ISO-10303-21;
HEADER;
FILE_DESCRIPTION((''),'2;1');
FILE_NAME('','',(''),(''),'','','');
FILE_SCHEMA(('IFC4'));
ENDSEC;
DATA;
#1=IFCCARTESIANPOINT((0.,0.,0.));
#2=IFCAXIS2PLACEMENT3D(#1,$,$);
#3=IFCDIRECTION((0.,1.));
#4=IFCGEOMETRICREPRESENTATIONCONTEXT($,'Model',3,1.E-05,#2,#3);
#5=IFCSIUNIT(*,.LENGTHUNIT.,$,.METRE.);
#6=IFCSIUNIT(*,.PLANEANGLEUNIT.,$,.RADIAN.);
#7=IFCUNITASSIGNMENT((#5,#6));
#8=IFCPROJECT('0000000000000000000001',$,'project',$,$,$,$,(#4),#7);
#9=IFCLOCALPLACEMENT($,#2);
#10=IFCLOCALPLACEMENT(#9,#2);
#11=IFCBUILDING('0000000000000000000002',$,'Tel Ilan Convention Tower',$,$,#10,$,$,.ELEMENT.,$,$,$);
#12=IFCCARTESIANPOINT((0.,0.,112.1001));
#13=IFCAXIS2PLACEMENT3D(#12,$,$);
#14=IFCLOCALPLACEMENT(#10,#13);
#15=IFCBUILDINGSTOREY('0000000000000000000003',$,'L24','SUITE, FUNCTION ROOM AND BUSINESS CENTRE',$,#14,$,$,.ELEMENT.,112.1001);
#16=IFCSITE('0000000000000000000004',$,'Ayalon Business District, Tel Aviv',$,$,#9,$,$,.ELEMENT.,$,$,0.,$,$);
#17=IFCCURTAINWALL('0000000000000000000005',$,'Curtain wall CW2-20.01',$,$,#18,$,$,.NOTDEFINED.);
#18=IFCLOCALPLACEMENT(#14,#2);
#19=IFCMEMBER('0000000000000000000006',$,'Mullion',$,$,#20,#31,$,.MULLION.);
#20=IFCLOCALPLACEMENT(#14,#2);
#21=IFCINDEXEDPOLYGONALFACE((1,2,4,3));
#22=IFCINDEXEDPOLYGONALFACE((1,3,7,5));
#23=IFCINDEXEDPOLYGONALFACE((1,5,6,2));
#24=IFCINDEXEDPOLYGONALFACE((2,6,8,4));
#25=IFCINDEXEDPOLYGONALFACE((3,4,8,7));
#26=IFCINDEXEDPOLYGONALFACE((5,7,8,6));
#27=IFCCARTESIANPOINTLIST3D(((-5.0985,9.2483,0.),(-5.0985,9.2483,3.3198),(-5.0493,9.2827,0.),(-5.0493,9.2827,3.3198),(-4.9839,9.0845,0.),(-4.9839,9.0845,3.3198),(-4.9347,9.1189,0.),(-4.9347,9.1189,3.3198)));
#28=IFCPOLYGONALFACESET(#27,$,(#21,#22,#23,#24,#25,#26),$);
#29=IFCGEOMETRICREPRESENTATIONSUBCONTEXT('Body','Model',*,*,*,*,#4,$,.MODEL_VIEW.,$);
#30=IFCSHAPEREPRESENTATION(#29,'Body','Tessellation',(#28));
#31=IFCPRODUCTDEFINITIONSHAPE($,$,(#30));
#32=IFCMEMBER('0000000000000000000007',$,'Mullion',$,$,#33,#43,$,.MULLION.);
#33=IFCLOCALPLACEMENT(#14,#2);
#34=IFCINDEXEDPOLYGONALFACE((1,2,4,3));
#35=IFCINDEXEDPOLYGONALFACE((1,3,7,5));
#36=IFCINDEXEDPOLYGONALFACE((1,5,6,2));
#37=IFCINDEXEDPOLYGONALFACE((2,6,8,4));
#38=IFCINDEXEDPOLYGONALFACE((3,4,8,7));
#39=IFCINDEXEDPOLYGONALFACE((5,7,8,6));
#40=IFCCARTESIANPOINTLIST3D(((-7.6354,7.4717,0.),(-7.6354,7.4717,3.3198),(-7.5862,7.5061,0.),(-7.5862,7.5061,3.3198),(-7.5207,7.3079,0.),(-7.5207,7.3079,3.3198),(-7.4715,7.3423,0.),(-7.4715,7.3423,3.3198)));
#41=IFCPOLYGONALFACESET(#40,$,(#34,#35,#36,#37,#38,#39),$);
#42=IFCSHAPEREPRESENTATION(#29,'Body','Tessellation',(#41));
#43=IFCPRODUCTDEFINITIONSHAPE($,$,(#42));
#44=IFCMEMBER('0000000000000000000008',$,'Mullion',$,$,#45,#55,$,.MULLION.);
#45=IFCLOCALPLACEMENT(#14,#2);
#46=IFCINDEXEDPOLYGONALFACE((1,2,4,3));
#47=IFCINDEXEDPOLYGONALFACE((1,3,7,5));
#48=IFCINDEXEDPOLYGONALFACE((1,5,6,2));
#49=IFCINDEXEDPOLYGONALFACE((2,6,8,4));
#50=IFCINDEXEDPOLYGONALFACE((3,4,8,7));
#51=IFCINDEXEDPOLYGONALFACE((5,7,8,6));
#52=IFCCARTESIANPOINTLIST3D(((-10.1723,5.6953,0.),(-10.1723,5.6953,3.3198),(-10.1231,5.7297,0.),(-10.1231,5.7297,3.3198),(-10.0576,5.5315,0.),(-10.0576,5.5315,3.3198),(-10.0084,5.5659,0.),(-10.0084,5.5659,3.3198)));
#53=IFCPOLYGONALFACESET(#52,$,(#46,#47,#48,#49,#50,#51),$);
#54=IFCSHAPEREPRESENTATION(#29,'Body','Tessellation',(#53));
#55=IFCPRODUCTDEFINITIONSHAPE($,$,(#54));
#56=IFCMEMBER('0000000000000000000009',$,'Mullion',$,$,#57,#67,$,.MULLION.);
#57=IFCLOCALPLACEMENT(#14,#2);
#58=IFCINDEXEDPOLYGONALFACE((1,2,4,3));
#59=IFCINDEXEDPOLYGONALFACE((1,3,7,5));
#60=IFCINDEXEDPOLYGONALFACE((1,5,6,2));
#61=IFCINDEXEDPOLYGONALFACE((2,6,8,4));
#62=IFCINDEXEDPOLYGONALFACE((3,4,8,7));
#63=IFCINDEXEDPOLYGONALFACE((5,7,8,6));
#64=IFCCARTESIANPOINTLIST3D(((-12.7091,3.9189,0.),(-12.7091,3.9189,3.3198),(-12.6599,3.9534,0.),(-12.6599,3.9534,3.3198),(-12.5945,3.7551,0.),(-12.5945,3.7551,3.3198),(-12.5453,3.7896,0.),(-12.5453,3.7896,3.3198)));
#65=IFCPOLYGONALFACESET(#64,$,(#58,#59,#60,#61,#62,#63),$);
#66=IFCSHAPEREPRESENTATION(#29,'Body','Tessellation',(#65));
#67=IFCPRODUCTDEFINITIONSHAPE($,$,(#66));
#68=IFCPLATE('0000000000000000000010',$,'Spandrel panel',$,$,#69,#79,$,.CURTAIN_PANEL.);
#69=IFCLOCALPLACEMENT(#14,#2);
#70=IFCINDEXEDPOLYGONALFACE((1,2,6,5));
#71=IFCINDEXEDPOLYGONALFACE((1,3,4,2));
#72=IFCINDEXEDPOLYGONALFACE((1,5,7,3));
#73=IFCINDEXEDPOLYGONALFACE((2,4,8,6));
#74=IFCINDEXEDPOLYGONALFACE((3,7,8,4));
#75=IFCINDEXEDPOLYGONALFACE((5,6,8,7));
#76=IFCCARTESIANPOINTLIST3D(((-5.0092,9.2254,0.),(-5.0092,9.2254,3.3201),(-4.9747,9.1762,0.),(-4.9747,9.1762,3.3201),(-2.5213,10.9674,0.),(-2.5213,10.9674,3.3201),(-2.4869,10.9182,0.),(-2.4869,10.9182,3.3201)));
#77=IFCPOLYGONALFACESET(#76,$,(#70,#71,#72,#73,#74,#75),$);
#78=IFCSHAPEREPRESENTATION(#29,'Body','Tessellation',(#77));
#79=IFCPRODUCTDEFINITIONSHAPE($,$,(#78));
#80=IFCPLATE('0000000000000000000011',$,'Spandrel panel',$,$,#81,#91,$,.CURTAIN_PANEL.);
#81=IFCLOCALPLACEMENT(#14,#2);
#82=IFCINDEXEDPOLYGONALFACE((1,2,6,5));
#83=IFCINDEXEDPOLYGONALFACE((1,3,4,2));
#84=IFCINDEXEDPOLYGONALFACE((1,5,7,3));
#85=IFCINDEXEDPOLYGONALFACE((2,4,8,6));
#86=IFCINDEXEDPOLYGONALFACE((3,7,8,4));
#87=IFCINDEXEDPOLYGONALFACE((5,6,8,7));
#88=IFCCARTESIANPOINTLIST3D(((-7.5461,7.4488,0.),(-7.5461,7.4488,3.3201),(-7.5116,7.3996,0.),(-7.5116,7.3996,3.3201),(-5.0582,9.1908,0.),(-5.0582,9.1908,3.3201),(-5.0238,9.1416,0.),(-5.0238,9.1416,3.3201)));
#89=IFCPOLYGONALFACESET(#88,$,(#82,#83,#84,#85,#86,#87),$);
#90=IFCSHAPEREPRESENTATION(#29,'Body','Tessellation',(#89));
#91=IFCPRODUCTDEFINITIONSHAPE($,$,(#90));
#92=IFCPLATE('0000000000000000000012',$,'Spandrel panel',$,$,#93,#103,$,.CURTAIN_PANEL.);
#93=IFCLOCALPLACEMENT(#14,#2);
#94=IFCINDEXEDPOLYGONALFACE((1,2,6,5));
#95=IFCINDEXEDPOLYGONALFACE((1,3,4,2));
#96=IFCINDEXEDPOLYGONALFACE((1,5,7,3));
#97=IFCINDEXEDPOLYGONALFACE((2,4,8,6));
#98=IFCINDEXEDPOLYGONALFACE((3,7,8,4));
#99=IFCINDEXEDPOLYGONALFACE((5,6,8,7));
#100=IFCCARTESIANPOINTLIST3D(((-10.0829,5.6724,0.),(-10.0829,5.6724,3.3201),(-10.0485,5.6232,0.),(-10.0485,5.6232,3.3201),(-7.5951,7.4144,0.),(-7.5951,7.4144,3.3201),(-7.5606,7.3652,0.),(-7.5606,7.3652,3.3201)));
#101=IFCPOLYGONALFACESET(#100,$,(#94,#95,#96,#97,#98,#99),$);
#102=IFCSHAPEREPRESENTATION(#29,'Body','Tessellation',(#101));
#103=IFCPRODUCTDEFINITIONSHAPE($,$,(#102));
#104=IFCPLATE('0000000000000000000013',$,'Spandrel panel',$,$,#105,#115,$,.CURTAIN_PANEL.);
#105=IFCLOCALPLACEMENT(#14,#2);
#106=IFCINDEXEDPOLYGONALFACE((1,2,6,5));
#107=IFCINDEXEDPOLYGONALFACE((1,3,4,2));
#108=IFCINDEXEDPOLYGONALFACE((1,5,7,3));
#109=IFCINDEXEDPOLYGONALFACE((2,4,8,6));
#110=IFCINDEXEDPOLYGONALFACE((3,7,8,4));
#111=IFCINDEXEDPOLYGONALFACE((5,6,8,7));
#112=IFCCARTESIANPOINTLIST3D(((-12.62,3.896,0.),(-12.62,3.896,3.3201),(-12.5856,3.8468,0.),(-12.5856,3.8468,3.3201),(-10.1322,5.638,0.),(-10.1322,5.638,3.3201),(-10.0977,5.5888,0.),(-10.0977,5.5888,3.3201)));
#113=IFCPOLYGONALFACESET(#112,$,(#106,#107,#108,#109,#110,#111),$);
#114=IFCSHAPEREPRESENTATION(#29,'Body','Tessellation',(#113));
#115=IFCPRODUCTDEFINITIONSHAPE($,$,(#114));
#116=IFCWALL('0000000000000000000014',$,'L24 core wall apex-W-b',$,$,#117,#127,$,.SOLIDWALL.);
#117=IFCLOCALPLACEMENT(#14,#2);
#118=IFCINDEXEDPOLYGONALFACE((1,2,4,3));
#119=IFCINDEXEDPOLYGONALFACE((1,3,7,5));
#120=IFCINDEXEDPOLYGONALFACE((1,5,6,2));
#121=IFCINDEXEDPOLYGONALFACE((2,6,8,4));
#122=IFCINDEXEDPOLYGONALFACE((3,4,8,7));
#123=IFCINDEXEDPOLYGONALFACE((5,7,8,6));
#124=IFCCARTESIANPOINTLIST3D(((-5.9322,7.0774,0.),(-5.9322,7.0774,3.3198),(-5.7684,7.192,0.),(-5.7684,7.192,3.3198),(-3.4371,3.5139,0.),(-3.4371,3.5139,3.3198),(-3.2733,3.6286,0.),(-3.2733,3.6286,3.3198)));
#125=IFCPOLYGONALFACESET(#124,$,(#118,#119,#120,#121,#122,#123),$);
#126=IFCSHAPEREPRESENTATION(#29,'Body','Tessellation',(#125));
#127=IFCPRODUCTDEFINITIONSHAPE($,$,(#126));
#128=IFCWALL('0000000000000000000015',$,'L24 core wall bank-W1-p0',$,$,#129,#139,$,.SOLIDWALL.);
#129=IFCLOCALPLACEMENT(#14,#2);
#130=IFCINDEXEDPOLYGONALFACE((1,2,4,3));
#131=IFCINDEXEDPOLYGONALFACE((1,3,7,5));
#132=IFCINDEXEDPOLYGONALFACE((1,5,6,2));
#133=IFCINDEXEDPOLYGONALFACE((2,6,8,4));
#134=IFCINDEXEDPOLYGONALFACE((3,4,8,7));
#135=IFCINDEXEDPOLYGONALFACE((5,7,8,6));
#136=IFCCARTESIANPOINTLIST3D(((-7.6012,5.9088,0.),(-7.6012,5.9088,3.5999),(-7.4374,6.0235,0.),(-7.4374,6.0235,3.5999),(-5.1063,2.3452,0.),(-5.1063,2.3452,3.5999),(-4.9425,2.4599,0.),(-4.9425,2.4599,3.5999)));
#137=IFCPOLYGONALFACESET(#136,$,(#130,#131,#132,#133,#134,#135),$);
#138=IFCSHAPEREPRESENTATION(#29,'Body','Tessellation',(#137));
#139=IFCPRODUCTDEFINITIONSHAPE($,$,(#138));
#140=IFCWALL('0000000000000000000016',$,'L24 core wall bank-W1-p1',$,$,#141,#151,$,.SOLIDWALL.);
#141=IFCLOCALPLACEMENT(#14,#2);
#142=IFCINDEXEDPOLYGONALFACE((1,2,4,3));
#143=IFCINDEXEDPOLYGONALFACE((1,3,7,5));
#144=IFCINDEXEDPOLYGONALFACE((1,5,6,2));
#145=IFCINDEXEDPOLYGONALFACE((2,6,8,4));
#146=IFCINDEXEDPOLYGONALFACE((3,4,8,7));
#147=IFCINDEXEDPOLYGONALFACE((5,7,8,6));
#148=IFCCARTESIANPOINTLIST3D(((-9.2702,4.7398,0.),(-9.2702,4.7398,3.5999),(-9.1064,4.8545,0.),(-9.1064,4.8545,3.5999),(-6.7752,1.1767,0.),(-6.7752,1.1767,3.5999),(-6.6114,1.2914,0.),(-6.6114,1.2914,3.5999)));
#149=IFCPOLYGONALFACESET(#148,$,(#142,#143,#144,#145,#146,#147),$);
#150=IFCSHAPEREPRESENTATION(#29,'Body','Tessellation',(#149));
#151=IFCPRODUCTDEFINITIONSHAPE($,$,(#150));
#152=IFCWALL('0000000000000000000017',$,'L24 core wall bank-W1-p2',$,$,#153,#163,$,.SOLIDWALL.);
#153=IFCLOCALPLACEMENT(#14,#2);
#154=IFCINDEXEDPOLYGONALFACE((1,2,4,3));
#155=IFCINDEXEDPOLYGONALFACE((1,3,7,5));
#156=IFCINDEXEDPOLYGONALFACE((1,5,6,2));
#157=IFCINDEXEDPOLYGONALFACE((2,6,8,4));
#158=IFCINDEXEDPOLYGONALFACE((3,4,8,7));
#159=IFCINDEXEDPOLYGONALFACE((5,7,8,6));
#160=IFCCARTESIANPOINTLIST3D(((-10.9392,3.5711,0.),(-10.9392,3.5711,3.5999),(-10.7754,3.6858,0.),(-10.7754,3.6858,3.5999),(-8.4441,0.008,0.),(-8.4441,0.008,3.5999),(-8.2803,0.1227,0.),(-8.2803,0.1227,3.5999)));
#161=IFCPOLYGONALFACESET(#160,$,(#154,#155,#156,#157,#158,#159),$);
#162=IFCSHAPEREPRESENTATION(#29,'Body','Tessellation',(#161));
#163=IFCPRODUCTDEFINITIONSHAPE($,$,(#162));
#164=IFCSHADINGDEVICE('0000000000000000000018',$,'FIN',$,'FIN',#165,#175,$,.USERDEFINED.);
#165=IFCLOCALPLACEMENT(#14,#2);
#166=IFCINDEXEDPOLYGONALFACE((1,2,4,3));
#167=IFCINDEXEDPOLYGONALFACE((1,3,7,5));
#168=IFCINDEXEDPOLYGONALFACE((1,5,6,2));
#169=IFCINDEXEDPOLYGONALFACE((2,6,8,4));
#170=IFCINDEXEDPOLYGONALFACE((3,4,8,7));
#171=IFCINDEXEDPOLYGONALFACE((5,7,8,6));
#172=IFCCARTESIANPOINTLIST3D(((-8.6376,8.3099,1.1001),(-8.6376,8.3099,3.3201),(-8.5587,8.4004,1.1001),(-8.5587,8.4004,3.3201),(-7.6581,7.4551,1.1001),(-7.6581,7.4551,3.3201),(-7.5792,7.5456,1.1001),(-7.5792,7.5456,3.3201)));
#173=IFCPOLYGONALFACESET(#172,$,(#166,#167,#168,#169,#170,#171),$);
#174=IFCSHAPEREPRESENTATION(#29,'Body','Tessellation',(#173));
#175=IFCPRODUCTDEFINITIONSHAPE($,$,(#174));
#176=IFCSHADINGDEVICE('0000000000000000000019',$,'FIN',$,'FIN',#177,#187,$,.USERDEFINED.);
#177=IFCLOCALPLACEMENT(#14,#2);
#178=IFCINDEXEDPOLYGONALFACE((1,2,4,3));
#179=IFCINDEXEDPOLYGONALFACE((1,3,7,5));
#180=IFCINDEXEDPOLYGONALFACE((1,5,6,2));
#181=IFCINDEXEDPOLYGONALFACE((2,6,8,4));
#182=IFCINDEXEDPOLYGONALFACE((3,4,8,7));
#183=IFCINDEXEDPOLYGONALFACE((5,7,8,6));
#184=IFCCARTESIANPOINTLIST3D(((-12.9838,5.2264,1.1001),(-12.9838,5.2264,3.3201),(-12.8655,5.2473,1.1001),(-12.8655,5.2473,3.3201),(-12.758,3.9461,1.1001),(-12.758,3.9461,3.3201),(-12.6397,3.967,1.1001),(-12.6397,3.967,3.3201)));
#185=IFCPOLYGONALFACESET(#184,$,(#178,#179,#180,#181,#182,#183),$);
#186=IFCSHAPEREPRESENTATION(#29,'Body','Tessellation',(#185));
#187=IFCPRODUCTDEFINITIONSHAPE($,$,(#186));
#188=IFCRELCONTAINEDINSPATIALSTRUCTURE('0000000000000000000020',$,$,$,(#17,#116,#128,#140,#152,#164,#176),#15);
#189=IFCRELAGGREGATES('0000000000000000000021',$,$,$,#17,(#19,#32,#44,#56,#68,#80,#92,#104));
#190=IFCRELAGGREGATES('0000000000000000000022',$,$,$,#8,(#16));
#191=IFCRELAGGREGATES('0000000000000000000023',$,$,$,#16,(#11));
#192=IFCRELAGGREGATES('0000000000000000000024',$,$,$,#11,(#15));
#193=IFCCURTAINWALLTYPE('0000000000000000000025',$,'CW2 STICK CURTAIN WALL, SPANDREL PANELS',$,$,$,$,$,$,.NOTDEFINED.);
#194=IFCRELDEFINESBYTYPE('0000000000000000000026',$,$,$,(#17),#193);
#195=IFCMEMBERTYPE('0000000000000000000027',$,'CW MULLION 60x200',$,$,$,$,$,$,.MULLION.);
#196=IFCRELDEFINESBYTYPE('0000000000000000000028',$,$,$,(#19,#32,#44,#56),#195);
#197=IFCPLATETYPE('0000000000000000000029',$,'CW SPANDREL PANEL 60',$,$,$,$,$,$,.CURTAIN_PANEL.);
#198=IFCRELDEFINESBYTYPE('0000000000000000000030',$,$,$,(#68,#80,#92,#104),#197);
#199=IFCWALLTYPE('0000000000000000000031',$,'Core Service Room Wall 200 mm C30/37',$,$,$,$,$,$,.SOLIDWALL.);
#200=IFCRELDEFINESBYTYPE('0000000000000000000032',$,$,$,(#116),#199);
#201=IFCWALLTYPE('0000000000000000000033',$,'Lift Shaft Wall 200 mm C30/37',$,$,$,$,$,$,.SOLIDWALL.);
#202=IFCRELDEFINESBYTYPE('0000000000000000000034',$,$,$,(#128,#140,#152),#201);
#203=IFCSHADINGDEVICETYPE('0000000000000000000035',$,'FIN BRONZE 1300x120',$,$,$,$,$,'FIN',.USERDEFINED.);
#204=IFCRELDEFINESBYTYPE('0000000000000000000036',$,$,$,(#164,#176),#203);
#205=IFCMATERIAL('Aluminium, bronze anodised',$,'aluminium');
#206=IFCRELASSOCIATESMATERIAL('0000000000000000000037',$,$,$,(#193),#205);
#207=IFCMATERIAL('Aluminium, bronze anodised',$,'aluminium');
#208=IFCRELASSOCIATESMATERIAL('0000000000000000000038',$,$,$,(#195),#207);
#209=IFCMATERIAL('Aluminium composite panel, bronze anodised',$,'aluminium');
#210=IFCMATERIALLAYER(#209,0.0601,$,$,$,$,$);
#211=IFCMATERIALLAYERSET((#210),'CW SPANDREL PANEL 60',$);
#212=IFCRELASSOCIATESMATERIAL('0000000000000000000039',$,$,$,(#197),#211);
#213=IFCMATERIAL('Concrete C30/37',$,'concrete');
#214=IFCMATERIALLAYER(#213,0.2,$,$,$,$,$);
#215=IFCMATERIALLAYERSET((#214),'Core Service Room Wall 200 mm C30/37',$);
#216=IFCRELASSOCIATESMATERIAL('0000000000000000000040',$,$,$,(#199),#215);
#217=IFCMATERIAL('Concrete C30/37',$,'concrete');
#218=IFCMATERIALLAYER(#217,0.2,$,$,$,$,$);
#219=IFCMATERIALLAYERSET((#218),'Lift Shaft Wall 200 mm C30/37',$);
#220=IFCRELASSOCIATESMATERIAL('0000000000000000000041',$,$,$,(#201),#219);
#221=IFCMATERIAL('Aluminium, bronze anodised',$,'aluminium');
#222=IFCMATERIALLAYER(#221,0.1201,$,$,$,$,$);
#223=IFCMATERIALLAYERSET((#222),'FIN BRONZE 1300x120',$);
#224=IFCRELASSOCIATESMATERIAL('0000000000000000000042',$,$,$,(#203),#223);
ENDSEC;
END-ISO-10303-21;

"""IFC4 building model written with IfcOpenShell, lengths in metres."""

from ifc_helpers import new_model, si_unit, direction, frame, frame_2d, origin, origin_2d, place, context, subcontext, project, spatial, rectangle, extrude, material, layer, layer_set, material_profile, profile_set, type_object, element, aggregate, save


model = new_model("IFC4")

# Units and contexts
model_context = context("Model", 3, precision=1e-05, world=origin(), true_north=direction((0.0, 1.0)))
body_context = subcontext(model_context, "Body", "Model", "MODEL_VIEW")
ifc_project = project(units=[si_unit("LENGTHUNIT", "METRE"), si_unit("PLANEANGLEUNIT", "RADIAN")], contexts=[model_context])

# Site, building, storey
site_placement = place(None, origin())
site = spatial("IfcSite", under=ifc_project, at=site_placement, Name="Ayalon Business District, Tel Aviv", CompositionType="ELEMENT", RefElevation=0.0)
building_placement = place(site_placement, origin())
building = spatial("IfcBuilding", under=site, at=building_placement, Name="Tel Ilan Convention Tower", CompositionType="ELEMENT")
storey_placement = place(building_placement, frame((0.0, 0.0, 112.1001)))
storey = spatial("IfcBuildingStorey", under=building, at=storey_placement, Name="L24", Description="SUITE, FUNCTION ROOM AND BUSINESS CENTRE", CompositionType="ELEMENT", Elevation=112.1001)

# Curtain wall, members, plates
ifc_material_1 = material(Name="Aluminium, bronze anodised", Category="aluminium")
curtain_wall_type = type_object("IfcCurtainWallType", Name="CW2 STICK CURTAIN WALL, SPANDREL PANELS", PredefinedType="NOTDEFINED", material=ifc_material_1)
curtain_wall_placement = place(storey_placement, origin())
curtain_wall = element("IfcCurtainWall", 1, at=curtain_wall_placement, inside=storey, type_object=curtain_wall_type, Name="Curtain wall CW2-20.01", PredefinedType="NOTDEFINED")
ifc_material_2 = material(Name="Aluminium, bronze anodised", Category="aluminium")
ifc_material_profile = material_profile(ifc_material_2, rectangle(XDim=0.0601, YDim=0.2, at=origin_2d()), Name="CW MULLION 60x200")
ifc_profile_set = profile_set([ifc_material_profile], Name="Aluminium, bronze anodised")
member_type = type_object("IfcMemberType", Name="CW MULLION 60x200", PredefinedType="MULLION", material=ifc_profile_set)
member_1_placement = place(storey_placement, frame((-5.0166, 9.1836, 0.0), z_axis=(0.0, 0.0, 1.0), x_axis=(-0.819152, -0.573576, 0.0)))
member_1 = element("IfcMember", 2, at=member_1_placement, type_object=member_type, Name="Mullion", PredefinedType="MULLION", context=body_context, shape_type="SweptSolid", body=[
    extrude(rectangle(XDim=0.0601, YDim=0.2, at=origin_2d()), origin(), (0.0, 0.0, 1.0), 3.3198),
])
member_2_placement = place(storey_placement, frame((-7.5535, 7.407, 0.0), z_axis=(0.0, 0.0, 1.0), x_axis=(-0.819152, -0.573576, 0.0)))
member_2 = element("IfcMember", 3, at=member_2_placement, type_object=member_type, Name="Mullion", PredefinedType="MULLION", context=body_context, shape_type="SweptSolid", body=[
    extrude(rectangle(XDim=0.0601, YDim=0.2, at=origin_2d()), origin(), (0.0, 0.0, 1.0), 3.3198),
])
member_3_placement = place(storey_placement, frame((-10.0903, 5.6306, 0.0), z_axis=(0.0, 0.0, 1.0), x_axis=(-0.819152, -0.573576, 0.0)))
member_3 = element("IfcMember", 4, at=member_3_placement, type_object=member_type, Name="Mullion", PredefinedType="MULLION", context=body_context, shape_type="SweptSolid", body=[
    extrude(rectangle(XDim=0.0601, YDim=0.2, at=origin_2d()), origin(), (0.0, 0.0, 1.0), 3.3198),
])
member_4_placement = place(storey_placement, frame((-12.6272, 3.8542, 0.0), z_axis=(0.0, 0.0, 1.0), x_axis=(-0.819152, -0.573576, 0.0)))
member_4 = element("IfcMember", 5, at=member_4_placement, type_object=member_type, Name="Mullion", PredefinedType="MULLION", context=body_context, shape_type="SweptSolid", body=[
    extrude(rectangle(XDim=0.0601, YDim=0.2, at=origin_2d()), origin(), (0.0, 0.0, 1.0), 3.3198),
])
ifc_material_3 = material(Name="Aluminium composite panel, bronze anodised", Category="aluminium")
ifc_layer_1 = layer(ifc_material_3, 0.0601)
ifc_layer_set_1 = layer_set([ifc_layer_1], Name="CW SPANDREL PANEL 60")
plate_type = type_object("IfcPlateType", Name="CW SPANDREL PANEL 60", PredefinedType="CURTAIN_PANEL", material=ifc_layer_set_1)
plate_1_placement = place(storey_placement, frame((-3.748, 10.0718, 0.0), z_axis=(0.0, 0.0, 1.0), x_axis=(-0.819152, -0.573576, 0.0)))
plate_1 = element("IfcPlate", 6, at=plate_1_placement, type_object=plate_type, Name="Spandrel panel", PredefinedType="CURTAIN_PANEL", context=body_context, shape_type="SweptSolid", body=[
    extrude(rectangle(XDim=3.0371, YDim=0.0601, at=origin_2d()), origin(), (0.0, 0.0, 1.0), 3.3201),
])
plate_2_placement = place(storey_placement, frame((-6.2849, 8.2952, 0.0), z_axis=(0.0, 0.0, 1.0), x_axis=(-0.819152, -0.573576, 0.0)))
plate_2 = element("IfcPlate", 7, at=plate_2_placement, type_object=plate_type, Name="Spandrel panel", PredefinedType="CURTAIN_PANEL", context=body_context, shape_type="SweptSolid", body=[
    extrude(rectangle(XDim=3.0371, YDim=0.0601, at=origin_2d()), origin(), (0.0, 0.0, 1.0), 3.3201),
])
plate_3_placement = place(storey_placement, frame((-8.8218, 6.5188, 0.0), z_axis=(0.0, 0.0, 1.0), x_axis=(-0.819152, -0.573576, 0.0)))
plate_3 = element("IfcPlate", 8, at=plate_3_placement, type_object=plate_type, Name="Spandrel panel", PredefinedType="CURTAIN_PANEL", context=body_context, shape_type="SweptSolid", body=[
    extrude(rectangle(XDim=3.0371, YDim=0.0601, at=origin_2d()), origin(), (0.0, 0.0, 1.0), 3.3201),
])
plate_4_placement = place(storey_placement, frame((-11.3589, 4.7424, 0.0), z_axis=(0.0, 0.0, 1.0), x_axis=(-0.819152, -0.573576, 0.0)))
plate_4 = element("IfcPlate", 9, at=plate_4_placement, type_object=plate_type, Name="Spandrel panel", PredefinedType="CURTAIN_PANEL", context=body_context, shape_type="SweptSolid", body=[
    extrude(rectangle(XDim=3.0371, YDim=0.0601, at=origin_2d()), origin(), (0.0, 0.0, 1.0), 3.3201),
])
aggregate(curtain_wall, [member_1, member_2, member_3, member_4, plate_1, plate_2, plate_3, plate_4])

# Walls
ifc_material_4 = material(Name="Concrete C30/37", Category="concrete")
ifc_layer_2 = layer(ifc_material_4, 0.2)
ifc_layer_set_2 = layer_set([ifc_layer_2], Name="Core Service Room Wall 200 mm C30/37")
wall_type_1 = type_object("IfcWallType", Name="Core Service Room Wall 200 mm C30/37", PredefinedType="SOLIDWALL", material=ifc_layer_set_2)
wall_1_placement = place(storey_placement, frame((-3.3552, 3.5713, 0.0), z_axis=(0.0, 0.0, 1.0), x_axis=(-0.573568, 0.819158, 0.0)))
element("IfcWall", 10, at=wall_1_placement, inside=storey, type_object=wall_type_1, Name="L24 core wall apex-W-b", PredefinedType="SOLIDWALL", context=body_context, shape_type="SweptSolid", body=[
    extrude(rectangle(XDim=4.3501, YDim=0.2, at=frame_2d((2.175, 0.0))), origin(), (0.0, 0.0, 1.0), 3.3198),
])
ifc_material_5 = material(Name="Concrete C30/37", Category="concrete")
ifc_layer_3 = layer(ifc_material_5, 0.2)
ifc_layer_set_3 = layer_set([ifc_layer_3], Name="Lift Shaft Wall 200 mm C30/37")
wall_type_2 = type_object("IfcWallType", Name="Lift Shaft Wall 200 mm C30/37", PredefinedType="SOLIDWALL", material=ifc_layer_set_3)
wall_2_placement = place(storey_placement, frame((-5.0244, 2.4026, 0.0), z_axis=(0.0, 0.0, 1.0), x_axis=(-0.57353, 0.819184, 0.0)))
element("IfcWall", 11, at=wall_2_placement, inside=storey, type_object=wall_type_2, Name="L24 core wall bank-W1-p0", PredefinedType="SOLIDWALL", context=body_context, shape_type="SweptSolid", body=[
    extrude(rectangle(XDim=4.3501, YDim=0.2, at=frame_2d((2.175, 0.0))), origin(), (0.0, 0.0, 1.0), 3.5999),
])
for number, where, z_axis, x_axis, name in (
    (12, (-6.6934, 1.2341, 0.0), (0.0, 0.0, 1.0), (-0.573594, 0.81914, 0.0), "L24 core wall bank-W1-p1"),
    (13, (-8.3623, 0.0654, 0.0), (0.0, 0.0, 1.0), (-0.573594, 0.81914, 0.0), "L24 core wall bank-W1-p2"),
):
    element("IfcWall", number, at=place(storey_placement, frame(where, z_axis=z_axis, x_axis=x_axis)), inside=storey, type_object=wall_type_2, Name=name, PredefinedType="SOLIDWALL", context=body_context, shape_type="SweptSolid", body=[
        extrude(rectangle(XDim=4.3499, YDim=0.2, at=frame_2d((2.1748, 0.0))), origin(), (0.0, 0.0, 1.0), 3.5999),
    ])

# Shading devices
ifc_material_6 = material(Name="Aluminium, bronze anodised", Category="aluminium")
ifc_layer_4 = layer(ifc_material_6, 0.1201)
ifc_layer_set_4 = layer_set([ifc_layer_4], Name="FIN BRONZE 1300x120")
shading_device_type = type_object("IfcShadingDeviceType", Name="FIN BRONZE 1300x120", ElementType="FIN", PredefinedType="USERDEFINED", material=ifc_layer_set_4)
for number, where, z_axis, x_axis, name in (
    (14, (-8.1084, 7.9277, 1.1001), (0.0, 0.0, 1.0), (-0.753436, 0.657521, 0.0), "FIN"),
    (15, (-12.8118, 4.5967, 1.1001), (0.0, 0.0, 1.0), (-0.173648, 0.984808, 0.0), "FIN"),
):
    element("IfcShadingDevice", number, at=place(storey_placement, frame(where, z_axis=z_axis, x_axis=x_axis)), inside=storey, type_object=shading_device_type, Name=name, ObjectType="FIN", PredefinedType="USERDEFINED", context=body_context, shape_type="SweptSolid", body=[
        extrude(rectangle(XDim=1.3, YDim=0.1201, at=origin_2d()), origin(), (0.0, 0.0, 1.0), 2.22),
    ])

save(model, "model.ifc")
